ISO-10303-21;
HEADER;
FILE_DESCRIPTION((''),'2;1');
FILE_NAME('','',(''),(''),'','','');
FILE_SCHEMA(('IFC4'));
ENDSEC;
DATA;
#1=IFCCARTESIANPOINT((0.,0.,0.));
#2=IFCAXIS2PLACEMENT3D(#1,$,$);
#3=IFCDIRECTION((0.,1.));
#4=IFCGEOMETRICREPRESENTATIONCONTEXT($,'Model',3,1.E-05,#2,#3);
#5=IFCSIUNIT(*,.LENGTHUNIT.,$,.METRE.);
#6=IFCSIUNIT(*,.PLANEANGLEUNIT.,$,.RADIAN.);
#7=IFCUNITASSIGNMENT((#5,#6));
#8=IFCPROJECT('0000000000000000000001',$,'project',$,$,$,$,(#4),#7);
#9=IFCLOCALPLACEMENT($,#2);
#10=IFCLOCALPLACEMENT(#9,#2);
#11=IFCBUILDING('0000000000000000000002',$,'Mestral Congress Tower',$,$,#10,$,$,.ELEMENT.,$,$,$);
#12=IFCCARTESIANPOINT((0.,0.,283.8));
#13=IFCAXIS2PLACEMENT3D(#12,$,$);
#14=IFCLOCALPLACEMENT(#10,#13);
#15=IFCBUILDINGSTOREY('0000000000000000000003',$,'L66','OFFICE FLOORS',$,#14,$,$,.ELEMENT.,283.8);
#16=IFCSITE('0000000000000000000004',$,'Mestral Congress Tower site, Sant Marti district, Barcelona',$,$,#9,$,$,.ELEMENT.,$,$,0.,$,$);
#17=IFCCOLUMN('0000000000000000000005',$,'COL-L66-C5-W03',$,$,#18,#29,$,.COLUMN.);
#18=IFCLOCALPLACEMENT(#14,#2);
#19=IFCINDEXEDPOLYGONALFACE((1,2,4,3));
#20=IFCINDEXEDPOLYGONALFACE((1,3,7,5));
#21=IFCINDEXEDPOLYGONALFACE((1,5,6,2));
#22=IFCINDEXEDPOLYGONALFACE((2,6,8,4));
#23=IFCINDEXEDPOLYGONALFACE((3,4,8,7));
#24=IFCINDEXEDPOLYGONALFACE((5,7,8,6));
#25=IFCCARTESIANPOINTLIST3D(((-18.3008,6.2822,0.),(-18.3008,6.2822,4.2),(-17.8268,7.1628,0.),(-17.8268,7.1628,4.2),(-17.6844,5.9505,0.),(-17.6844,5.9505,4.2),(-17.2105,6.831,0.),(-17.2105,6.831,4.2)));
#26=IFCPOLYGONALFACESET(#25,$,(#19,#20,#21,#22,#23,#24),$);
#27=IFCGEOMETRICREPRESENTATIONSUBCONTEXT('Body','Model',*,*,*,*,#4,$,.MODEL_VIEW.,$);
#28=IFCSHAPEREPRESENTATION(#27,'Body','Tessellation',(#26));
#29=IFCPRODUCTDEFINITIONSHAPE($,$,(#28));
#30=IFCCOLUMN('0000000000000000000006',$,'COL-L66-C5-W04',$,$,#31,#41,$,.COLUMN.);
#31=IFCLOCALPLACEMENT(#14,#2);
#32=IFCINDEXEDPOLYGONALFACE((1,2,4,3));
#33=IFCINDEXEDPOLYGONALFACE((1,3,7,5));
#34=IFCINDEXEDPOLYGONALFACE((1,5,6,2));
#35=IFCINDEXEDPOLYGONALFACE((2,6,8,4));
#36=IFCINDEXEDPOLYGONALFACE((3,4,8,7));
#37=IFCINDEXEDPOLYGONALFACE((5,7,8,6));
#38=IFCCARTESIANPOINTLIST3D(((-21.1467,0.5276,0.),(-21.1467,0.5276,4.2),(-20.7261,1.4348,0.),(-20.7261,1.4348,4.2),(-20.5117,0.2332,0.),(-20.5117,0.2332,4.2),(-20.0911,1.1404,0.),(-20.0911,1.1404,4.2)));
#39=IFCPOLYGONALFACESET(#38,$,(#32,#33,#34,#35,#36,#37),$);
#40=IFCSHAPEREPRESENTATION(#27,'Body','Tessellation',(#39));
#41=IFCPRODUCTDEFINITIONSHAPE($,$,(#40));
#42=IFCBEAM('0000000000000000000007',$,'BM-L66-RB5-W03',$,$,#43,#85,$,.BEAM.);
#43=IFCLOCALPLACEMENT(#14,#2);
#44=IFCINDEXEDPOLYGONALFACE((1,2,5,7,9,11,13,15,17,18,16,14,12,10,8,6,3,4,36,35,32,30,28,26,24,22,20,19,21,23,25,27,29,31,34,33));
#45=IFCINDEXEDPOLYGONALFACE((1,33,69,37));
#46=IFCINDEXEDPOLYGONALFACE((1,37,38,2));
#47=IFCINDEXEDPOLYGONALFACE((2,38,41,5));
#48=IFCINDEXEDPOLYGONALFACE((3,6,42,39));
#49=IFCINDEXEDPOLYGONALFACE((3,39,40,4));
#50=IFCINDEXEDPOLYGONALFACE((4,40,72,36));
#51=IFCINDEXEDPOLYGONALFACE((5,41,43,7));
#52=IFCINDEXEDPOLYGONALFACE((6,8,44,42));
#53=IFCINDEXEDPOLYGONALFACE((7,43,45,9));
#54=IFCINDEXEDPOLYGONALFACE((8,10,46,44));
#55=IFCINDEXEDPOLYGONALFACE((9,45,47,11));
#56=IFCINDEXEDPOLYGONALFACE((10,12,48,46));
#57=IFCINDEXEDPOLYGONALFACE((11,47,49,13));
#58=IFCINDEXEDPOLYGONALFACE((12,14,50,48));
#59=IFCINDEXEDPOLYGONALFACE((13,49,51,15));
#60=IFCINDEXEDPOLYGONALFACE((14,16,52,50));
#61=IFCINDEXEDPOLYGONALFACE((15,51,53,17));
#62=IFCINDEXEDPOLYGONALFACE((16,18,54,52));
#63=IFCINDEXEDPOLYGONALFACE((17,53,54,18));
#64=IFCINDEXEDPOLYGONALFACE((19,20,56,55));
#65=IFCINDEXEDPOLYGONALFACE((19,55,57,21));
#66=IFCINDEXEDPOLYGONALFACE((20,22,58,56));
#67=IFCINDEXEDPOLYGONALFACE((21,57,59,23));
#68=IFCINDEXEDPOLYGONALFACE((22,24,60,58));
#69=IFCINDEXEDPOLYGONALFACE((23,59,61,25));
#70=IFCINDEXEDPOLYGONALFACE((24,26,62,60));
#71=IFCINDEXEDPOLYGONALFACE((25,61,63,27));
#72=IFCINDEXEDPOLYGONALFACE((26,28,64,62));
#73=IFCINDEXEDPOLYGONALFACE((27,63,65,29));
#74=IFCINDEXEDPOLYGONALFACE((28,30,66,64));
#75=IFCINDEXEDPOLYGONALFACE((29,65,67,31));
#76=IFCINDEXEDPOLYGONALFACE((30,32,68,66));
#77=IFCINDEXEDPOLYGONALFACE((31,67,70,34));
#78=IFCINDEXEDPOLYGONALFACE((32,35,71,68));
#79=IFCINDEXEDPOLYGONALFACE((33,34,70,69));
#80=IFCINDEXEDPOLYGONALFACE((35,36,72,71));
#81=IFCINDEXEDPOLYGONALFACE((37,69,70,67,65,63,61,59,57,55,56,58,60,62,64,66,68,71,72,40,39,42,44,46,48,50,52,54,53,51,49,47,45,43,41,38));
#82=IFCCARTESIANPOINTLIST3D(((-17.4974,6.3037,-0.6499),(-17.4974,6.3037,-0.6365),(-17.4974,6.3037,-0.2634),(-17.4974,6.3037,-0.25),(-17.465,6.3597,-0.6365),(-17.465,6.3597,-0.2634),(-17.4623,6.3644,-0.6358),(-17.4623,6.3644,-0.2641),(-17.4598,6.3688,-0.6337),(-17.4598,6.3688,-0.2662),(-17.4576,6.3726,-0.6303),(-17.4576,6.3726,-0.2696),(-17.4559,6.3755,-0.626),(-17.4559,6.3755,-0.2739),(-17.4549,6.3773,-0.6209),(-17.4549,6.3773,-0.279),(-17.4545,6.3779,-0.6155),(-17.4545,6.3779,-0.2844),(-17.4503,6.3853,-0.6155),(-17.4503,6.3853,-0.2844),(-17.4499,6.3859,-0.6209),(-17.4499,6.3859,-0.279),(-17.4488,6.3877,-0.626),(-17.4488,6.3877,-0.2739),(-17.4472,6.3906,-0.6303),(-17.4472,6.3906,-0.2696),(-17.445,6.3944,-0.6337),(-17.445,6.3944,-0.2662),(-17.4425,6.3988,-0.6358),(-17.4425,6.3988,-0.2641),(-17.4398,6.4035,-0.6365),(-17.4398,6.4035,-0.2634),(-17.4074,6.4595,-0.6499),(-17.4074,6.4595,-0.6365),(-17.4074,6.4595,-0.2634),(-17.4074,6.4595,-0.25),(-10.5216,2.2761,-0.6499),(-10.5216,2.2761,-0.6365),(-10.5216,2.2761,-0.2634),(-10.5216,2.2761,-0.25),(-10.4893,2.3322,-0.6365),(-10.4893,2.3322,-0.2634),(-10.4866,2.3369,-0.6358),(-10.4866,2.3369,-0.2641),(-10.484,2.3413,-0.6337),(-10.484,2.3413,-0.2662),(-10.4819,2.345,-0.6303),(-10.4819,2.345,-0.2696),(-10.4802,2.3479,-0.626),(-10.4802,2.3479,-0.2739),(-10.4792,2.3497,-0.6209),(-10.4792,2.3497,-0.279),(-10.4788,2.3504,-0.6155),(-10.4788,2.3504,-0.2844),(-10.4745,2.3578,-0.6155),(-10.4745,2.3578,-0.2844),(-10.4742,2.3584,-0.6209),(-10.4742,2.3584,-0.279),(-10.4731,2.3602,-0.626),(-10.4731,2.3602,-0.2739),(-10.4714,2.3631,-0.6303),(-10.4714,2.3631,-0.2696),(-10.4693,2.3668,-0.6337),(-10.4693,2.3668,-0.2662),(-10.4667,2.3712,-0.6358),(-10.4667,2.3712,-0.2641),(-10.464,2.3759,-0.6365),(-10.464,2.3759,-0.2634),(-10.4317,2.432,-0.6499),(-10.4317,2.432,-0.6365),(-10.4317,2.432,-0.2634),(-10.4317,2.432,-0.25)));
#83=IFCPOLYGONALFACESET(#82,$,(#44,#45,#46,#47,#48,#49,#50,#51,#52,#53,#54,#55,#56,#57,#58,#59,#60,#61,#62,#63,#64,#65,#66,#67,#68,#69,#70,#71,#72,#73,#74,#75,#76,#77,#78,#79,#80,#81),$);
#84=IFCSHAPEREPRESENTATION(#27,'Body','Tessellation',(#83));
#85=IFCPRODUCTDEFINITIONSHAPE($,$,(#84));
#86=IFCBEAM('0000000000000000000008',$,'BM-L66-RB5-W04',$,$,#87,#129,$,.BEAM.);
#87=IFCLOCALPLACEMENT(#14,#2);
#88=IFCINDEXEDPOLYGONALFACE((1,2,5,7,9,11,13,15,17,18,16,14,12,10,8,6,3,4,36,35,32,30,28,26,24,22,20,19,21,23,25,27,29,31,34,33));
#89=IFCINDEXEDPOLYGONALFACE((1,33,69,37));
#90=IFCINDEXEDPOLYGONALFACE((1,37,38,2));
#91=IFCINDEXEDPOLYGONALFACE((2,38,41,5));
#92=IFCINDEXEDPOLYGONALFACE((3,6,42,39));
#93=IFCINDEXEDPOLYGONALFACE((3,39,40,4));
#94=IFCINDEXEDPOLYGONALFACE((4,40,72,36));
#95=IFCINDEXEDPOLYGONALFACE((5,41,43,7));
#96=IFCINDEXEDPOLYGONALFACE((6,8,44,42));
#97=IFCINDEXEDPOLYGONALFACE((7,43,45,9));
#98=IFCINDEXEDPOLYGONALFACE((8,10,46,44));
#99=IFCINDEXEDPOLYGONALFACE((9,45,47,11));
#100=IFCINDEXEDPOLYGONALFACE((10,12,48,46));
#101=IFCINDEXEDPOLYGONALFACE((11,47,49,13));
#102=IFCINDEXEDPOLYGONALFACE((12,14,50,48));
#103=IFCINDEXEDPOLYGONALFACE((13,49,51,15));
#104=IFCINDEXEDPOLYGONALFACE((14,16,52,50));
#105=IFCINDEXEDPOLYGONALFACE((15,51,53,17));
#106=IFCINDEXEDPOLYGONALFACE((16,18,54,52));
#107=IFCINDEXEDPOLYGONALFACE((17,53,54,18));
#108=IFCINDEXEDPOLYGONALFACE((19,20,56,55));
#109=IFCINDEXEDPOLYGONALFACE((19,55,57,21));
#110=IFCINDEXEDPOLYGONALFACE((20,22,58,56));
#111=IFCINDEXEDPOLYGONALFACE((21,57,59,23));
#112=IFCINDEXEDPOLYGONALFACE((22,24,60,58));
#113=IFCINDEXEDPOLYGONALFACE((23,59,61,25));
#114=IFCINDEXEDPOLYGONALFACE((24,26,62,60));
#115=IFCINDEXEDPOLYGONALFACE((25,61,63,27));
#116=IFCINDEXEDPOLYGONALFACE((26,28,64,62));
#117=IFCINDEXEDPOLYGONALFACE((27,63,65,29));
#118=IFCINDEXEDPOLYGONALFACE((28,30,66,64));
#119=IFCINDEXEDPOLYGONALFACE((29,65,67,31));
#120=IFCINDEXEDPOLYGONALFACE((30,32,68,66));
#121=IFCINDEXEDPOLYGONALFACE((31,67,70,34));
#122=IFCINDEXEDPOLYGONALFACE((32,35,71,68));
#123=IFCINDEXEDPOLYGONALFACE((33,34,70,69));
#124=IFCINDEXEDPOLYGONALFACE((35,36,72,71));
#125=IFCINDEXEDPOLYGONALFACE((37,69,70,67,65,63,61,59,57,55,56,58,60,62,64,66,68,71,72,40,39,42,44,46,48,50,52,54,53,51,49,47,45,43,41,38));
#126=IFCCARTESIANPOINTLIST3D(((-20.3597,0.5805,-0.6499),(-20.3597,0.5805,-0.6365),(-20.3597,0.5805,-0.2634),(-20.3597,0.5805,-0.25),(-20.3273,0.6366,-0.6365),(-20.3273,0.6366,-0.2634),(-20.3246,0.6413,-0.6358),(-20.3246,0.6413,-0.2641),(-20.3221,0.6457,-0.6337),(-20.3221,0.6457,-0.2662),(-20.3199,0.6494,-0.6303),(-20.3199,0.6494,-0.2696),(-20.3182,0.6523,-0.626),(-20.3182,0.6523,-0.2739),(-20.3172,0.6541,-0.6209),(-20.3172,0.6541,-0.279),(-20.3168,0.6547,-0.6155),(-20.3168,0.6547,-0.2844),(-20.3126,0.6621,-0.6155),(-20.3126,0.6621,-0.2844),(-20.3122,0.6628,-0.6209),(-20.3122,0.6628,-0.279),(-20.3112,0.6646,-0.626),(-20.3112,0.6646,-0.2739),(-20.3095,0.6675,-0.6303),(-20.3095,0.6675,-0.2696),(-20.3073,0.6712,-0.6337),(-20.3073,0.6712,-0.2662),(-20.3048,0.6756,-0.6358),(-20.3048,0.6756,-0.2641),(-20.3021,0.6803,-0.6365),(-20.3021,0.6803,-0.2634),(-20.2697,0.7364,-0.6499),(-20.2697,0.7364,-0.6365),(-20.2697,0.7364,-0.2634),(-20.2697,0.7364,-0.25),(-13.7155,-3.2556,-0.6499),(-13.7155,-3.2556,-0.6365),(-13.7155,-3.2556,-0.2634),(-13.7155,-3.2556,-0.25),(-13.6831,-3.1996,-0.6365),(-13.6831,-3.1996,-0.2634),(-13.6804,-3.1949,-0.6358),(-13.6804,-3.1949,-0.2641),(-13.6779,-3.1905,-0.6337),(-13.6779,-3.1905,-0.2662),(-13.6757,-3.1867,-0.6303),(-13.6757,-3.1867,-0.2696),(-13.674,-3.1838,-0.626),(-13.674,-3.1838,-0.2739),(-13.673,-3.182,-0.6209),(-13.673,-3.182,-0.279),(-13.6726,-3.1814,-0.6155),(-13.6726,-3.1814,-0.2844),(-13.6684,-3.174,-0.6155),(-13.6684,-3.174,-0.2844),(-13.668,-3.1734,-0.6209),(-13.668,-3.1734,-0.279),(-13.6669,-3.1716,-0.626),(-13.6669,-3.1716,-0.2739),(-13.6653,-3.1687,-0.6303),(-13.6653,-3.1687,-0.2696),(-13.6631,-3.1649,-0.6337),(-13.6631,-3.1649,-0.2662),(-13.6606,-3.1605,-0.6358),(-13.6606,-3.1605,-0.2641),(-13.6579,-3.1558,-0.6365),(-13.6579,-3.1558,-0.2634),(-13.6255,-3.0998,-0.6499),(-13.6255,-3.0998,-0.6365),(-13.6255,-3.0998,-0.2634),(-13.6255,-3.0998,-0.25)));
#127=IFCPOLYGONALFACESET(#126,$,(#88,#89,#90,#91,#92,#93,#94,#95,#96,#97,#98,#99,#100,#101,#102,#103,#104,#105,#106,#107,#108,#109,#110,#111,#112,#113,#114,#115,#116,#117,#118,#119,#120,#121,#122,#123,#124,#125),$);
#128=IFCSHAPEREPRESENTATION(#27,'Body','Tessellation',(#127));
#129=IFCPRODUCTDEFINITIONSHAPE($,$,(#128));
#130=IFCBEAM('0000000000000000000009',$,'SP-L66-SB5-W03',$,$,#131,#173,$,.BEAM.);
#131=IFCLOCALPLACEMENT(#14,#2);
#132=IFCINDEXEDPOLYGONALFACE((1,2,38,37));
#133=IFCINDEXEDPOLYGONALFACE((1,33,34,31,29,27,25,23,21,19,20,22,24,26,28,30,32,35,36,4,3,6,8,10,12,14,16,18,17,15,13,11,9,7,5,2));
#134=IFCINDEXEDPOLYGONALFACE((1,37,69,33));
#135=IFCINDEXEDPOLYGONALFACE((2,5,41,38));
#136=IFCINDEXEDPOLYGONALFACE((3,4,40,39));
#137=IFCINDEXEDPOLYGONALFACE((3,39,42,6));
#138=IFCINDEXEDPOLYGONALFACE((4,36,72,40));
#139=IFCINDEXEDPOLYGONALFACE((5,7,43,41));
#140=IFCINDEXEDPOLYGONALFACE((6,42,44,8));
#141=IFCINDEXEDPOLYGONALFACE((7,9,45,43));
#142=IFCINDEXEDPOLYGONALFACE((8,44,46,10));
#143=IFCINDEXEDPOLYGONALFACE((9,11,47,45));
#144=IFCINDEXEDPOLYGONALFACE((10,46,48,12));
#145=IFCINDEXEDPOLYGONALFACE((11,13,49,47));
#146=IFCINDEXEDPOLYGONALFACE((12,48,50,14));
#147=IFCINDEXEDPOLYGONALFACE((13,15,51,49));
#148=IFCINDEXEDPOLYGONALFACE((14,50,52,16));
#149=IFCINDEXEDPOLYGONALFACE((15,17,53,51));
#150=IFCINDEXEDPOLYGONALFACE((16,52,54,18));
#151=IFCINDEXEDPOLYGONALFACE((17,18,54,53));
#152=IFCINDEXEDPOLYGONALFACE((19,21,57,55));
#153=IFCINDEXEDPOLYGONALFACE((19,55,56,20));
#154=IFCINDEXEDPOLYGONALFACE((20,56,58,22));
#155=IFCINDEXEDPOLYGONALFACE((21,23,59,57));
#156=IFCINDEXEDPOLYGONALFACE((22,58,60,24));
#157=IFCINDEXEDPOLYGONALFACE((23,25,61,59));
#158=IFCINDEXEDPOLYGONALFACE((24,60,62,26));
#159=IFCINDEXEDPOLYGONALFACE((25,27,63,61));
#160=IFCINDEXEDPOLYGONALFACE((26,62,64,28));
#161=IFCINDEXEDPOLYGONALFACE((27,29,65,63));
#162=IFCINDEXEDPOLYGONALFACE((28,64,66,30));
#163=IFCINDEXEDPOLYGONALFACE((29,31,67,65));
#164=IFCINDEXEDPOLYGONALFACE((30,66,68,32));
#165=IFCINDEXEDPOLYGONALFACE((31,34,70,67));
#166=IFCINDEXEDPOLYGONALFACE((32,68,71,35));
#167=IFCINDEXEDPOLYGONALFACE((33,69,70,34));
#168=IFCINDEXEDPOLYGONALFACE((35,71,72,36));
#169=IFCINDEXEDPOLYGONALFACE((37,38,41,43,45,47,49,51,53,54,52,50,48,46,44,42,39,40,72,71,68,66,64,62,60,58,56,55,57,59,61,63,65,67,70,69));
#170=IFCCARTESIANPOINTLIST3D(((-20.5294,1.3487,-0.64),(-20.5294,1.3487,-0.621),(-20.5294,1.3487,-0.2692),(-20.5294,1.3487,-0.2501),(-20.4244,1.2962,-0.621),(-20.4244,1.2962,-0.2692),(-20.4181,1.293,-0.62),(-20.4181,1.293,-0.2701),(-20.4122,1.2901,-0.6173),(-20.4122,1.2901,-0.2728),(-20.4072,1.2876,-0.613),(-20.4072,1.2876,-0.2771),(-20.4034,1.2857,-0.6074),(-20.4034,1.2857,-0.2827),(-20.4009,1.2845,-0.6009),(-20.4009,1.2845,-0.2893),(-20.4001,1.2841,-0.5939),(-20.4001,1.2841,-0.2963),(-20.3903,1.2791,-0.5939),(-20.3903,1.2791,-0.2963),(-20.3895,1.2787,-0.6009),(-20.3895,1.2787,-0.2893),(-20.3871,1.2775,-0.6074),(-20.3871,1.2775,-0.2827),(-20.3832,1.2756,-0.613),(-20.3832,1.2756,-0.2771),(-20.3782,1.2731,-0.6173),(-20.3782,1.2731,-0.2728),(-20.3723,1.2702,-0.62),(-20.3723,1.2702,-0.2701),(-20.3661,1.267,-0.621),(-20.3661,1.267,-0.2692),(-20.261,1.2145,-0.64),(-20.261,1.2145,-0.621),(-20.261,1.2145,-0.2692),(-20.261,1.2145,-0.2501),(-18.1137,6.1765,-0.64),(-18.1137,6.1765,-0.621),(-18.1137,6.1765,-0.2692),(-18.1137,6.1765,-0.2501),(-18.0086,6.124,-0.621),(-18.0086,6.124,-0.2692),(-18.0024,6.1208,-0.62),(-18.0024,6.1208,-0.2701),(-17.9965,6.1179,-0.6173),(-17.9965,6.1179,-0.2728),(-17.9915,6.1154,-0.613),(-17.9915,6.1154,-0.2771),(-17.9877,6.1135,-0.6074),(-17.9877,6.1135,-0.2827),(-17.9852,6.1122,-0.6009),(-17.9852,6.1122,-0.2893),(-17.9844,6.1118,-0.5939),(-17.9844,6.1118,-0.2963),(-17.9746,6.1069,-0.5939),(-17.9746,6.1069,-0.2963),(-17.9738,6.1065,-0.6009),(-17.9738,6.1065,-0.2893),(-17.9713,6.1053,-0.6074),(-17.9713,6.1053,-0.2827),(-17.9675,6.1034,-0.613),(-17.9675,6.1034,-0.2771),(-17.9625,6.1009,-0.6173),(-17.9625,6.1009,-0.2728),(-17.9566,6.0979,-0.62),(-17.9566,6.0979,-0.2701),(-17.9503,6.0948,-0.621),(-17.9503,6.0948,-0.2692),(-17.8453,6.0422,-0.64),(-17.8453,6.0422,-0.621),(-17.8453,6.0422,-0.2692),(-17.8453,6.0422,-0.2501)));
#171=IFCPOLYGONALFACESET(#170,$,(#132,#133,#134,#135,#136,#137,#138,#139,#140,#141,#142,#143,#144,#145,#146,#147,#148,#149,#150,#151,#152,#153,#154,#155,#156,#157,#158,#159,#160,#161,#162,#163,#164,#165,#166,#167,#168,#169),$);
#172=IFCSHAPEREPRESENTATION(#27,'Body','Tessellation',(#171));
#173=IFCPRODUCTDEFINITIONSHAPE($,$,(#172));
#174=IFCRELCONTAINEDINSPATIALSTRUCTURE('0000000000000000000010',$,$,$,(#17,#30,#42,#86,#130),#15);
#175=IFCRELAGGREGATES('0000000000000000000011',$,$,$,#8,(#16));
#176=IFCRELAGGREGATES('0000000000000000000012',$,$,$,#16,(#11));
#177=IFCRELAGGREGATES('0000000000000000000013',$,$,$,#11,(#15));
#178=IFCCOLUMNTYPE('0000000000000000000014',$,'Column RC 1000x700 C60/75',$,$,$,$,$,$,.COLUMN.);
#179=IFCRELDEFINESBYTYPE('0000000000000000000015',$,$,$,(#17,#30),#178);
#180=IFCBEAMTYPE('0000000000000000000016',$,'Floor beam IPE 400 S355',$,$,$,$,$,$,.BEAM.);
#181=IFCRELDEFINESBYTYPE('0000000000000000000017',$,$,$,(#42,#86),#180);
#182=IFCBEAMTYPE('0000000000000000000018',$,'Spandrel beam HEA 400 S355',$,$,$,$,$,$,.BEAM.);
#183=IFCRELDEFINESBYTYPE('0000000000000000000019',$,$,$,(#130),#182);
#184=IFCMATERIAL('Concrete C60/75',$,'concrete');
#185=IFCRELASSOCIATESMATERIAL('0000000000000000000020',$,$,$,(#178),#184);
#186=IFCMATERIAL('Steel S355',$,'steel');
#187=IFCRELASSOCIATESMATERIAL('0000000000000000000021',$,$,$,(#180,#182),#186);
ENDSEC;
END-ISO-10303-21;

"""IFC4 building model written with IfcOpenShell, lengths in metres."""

from ifc_helpers import new_model, si_unit, direction, frame, origin, origin_2d, place, context, subcontext, project, spatial, rectangle, i_section, extrude, material, material_profile, profile_set, type_object, element, save


model = new_model("IFC4")

# Units and contexts
model_context = context("Model", 3, precision=1e-05, world=origin(), true_north=direction((0.0, 1.0)))
body_context = subcontext(model_context, "Body", "Model", "MODEL_VIEW")
ifc_project = project(units=[si_unit("LENGTHUNIT", "METRE"), si_unit("PLANEANGLEUNIT", "RADIAN")], contexts=[model_context])

# Site, building, storey
site_placement = place(None, origin())
site = spatial("IfcSite", under=ifc_project, at=site_placement, Name="Mestral Congress Tower site, Sant Marti district, Barcelona", CompositionType="ELEMENT", RefElevation=0.0)
building_placement = place(site_placement, origin())
building = spatial("IfcBuilding", under=site, at=building_placement, Name="Mestral Congress Tower", CompositionType="ELEMENT")
storey_placement = place(building_placement, frame((0.0, 0.0, 283.8)))
storey = spatial("IfcBuildingStorey", under=building, at=storey_placement, Name="L66", Description="OFFICE FLOORS", CompositionType="ELEMENT", Elevation=283.8)

# Columns
ifc_material_1 = material(Name="Concrete C60/75", Category="concrete")
ifc_material_profile_1 = material_profile(ifc_material_1, rectangle(XDim=1.0, YDim=0.7, at=origin_2d()), Name="RC 1000x700")
ifc_profile_set_1 = profile_set([ifc_material_profile_1], Name="Concrete C60/75")
column_type = type_object("IfcColumnType", Name="Column RC 1000x700 C60/75", PredefinedType="COLUMN", material=ifc_profile_set_1)
for number, where, z_axis, x_axis, name in (
    (1, (-17.7556, 6.5566, 0.0), (0.0, 0.0, 1.0), (-0.473945, -0.880554, 0.0), "COL-L66-C5-W03"),
    (2, (-20.6189, 0.834, 0.0), (0.0, 0.0, 1.0), (-0.420596, -0.907248, 0.0), "COL-L66-C5-W04"),
):
    element("IfcColumn", number, at=place(storey_placement, frame(where, z_axis=z_axis, x_axis=x_axis)), inside=storey, type_object=column_type, Name=name, PredefinedType="COLUMN", context=body_context, shape_type="SweptSolid", body=[
        extrude(rectangle(XDim=1.0, YDim=0.7, at=origin_2d()), origin(), (0.0, 0.0, 1.0), 4.2),
    ])

# Beams
ifc_material_2 = material(Name="Steel S355", Category="steel")
ifc_material_profile_2 = material_profile(ifc_material_2, i_section(OverallWidth=0.1799, OverallDepth=0.3999, WebThickness=0.0085, FlangeThickness=0.0134, FilletRadius=0.021, at=origin_2d()), Name="IPE 400")
ifc_profile_set_2 = profile_set([ifc_material_profile_2], Name="Steel S355")
beam_type_1 = type_object("IfcBeamType", Name="Floor beam IPE 400 S355", PredefinedType="BEAM", material=ifc_profile_set_2)
beam_1_placement = place(storey_placement, frame((-17.4524, 6.3816, -0.45), z_axis=(0.866021, -0.500008, 0.0), x_axis=(0.500008, 0.866021, 0.0)))
element("IfcBeam", 3, at=beam_1_placement, inside=storey, type_object=beam_type_1, Name="BM-L66-RB5-W03", PredefinedType="BEAM", context=body_context, shape_type="SweptSolid", body=[
    extrude(i_section(OverallWidth=0.1799, OverallDepth=0.3999, WebThickness=0.0085, FlangeThickness=0.0134, FilletRadius=0.021, at=origin_2d()), origin(), (0.0, 0.0, 1.0), 8.0549),
])
beam_2_placement = place(storey_placement, frame((-20.3147, 0.6584, -0.45), z_axis=(0.86602, -0.50001, 0.0), x_axis=(0.50001, 0.86602, 0.0)))
element("IfcBeam", 4, at=beam_2_placement, inside=storey, type_object=beam_type_1, Name="BM-L66-RB5-W04", PredefinedType="BEAM", context=body_context, shape_type="SweptSolid", body=[
    extrude(i_section(OverallWidth=0.1799, OverallDepth=0.3999, WebThickness=0.0085, FlangeThickness=0.0134, FilletRadius=0.021, at=origin_2d()), origin(), (0.0, 0.0, 1.0), 7.6721),
])
ifc_material_profile_3 = material_profile(ifc_material_2, i_section(OverallWidth=0.3, OverallDepth=0.3899, WebThickness=0.011, FlangeThickness=0.019, FilletRadius=0.0271, at=origin_2d()), Name="HEA 400")
ifc_profile_set_3 = profile_set([ifc_material_profile_3], Name="Steel S355")
beam_type_2 = type_object("IfcBeamType", Name="Spandrel beam HEA 400 S355", PredefinedType="BEAM", material=ifc_profile_set_3)
beam_3_placement = place(storey_placement, frame((-17.9795, 6.1094, -0.4451), z_axis=(-0.447485, -0.894291, 0.0), x_axis=(0.894291, -0.447485, 0.0)))
element("IfcBeam", 5, at=beam_3_placement, inside=storey, type_object=beam_type_2, Name="SP-L66-SB5-W03", PredefinedType="BEAM", context=body_context, shape_type="SweptSolid", body=[
    extrude(i_section(OverallWidth=0.3, OverallDepth=0.3899, WebThickness=0.011, FlangeThickness=0.019, FilletRadius=0.0271, at=origin_2d()), origin(), (0.0, 0.0, 1.0), 5.3984),
])

save(model, "model.ifc")
